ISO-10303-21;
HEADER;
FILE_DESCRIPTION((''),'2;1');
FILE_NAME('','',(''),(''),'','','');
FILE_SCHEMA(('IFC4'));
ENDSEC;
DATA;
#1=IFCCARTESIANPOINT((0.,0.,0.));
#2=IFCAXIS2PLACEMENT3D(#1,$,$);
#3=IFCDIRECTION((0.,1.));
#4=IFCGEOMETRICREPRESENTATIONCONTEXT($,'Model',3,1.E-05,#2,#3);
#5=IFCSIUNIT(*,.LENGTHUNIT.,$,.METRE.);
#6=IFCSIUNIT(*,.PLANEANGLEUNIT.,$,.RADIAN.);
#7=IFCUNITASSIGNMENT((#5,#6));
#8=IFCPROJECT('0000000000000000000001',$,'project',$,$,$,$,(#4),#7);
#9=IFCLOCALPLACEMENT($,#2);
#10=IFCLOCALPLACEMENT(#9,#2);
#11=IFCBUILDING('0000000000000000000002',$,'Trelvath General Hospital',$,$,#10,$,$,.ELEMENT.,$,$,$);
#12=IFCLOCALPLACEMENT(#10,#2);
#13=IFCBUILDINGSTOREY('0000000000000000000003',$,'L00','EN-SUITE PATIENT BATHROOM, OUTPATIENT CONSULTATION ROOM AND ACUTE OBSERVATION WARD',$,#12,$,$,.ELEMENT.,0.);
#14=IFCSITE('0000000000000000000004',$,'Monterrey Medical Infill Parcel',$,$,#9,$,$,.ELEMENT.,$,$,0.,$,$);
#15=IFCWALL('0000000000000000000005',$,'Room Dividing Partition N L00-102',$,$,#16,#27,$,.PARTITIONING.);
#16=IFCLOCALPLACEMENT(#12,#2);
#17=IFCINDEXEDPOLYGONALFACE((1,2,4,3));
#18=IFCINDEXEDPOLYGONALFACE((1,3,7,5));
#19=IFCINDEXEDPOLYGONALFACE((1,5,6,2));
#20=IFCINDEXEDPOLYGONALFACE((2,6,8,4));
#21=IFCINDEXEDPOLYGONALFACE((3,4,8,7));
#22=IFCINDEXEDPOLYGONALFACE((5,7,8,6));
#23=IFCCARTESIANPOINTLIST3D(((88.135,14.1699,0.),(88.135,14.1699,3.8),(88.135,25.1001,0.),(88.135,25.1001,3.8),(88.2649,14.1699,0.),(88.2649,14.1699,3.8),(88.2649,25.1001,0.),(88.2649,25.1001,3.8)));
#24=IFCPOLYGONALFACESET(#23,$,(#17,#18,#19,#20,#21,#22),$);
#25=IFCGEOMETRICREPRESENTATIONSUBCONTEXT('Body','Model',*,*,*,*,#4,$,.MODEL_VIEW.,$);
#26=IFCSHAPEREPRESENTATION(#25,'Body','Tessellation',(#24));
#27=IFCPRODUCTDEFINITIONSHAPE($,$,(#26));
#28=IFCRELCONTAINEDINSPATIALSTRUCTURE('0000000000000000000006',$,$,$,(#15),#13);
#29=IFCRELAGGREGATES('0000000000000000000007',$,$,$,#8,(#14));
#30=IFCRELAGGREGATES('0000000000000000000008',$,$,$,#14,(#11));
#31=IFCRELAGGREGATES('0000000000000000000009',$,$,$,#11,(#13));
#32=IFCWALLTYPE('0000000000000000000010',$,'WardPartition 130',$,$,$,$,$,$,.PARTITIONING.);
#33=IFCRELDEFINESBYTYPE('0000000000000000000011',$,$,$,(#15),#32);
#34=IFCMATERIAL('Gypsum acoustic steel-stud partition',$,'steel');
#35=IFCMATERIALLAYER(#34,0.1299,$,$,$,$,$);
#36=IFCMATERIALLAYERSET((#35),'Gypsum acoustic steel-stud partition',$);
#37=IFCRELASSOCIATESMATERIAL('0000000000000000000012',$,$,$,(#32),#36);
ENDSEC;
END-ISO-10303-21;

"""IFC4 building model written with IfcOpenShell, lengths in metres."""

from ifc_helpers import new_model, si_unit, direction, frame, frame_2d, origin, place, context, subcontext, project, spatial, rectangle, extrude, material, layer, layer_set, type_object, element, save


model = new_model("IFC4")

# Units and contexts
model_context = context("Model", 3, precision=1e-05, world=origin(), true_north=direction((0.0, 1.0)))
body_context = subcontext(model_context, "Body", "Model", "MODEL_VIEW")
ifc_project = project(units=[si_unit("LENGTHUNIT", "METRE"), si_unit("PLANEANGLEUNIT", "RADIAN")], contexts=[model_context])

# Site, building, storey
site_placement = place(None, origin())
site = spatial("IfcSite", under=ifc_project, at=site_placement, Name="Monterrey Medical Infill Parcel", CompositionType="ELEMENT", RefElevation=0.0)
building_placement = place(site_placement, origin())
building = spatial("IfcBuilding", under=site, at=building_placement, Name="Trelvath General Hospital", CompositionType="ELEMENT")
storey_placement = place(building_placement, origin())
storey = spatial("IfcBuildingStorey", under=building, at=storey_placement, Name="L00", Description="EN-SUITE PATIENT BATHROOM, OUTPATIENT CONSULTATION ROOM AND ACUTE OBSERVATION WARD", CompositionType="ELEMENT", Elevation=0.0)

# Wall
ifc_material_1 = material(Name="Gypsum acoustic steel-stud partition", Category="steel")
ifc_layer_1 = layer(ifc_material_1, 0.1299)
ifc_layer_set_1 = layer_set([ifc_layer_1], Name="Gypsum acoustic steel-stud partition")
wall_type_1 = type_object("IfcWallType", Name="WardPartition 130", PredefinedType="PARTITIONING", material=ifc_layer_set_1)
wall_1_placement = place(storey_placement, frame((88.2, 14.1699, 0.0), z_axis=(0.0, 0.0, 1.0), x_axis=(0.0, 1.0, 0.0)))
element("IfcWall", 1, at=wall_1_placement, inside=storey, type_object=wall_type_1, Name="Room Dividing Partition N L00-102", PredefinedType="PARTITIONING", context=body_context, shape_type="SweptSolid", body=[
    extrude(rectangle(XDim=10.9302, YDim=0.1299, at=frame_2d((5.4651, 0.0))), origin(), (0.0, 0.0, 1.0), 3.8),
])

save(model, "model.ifc")
